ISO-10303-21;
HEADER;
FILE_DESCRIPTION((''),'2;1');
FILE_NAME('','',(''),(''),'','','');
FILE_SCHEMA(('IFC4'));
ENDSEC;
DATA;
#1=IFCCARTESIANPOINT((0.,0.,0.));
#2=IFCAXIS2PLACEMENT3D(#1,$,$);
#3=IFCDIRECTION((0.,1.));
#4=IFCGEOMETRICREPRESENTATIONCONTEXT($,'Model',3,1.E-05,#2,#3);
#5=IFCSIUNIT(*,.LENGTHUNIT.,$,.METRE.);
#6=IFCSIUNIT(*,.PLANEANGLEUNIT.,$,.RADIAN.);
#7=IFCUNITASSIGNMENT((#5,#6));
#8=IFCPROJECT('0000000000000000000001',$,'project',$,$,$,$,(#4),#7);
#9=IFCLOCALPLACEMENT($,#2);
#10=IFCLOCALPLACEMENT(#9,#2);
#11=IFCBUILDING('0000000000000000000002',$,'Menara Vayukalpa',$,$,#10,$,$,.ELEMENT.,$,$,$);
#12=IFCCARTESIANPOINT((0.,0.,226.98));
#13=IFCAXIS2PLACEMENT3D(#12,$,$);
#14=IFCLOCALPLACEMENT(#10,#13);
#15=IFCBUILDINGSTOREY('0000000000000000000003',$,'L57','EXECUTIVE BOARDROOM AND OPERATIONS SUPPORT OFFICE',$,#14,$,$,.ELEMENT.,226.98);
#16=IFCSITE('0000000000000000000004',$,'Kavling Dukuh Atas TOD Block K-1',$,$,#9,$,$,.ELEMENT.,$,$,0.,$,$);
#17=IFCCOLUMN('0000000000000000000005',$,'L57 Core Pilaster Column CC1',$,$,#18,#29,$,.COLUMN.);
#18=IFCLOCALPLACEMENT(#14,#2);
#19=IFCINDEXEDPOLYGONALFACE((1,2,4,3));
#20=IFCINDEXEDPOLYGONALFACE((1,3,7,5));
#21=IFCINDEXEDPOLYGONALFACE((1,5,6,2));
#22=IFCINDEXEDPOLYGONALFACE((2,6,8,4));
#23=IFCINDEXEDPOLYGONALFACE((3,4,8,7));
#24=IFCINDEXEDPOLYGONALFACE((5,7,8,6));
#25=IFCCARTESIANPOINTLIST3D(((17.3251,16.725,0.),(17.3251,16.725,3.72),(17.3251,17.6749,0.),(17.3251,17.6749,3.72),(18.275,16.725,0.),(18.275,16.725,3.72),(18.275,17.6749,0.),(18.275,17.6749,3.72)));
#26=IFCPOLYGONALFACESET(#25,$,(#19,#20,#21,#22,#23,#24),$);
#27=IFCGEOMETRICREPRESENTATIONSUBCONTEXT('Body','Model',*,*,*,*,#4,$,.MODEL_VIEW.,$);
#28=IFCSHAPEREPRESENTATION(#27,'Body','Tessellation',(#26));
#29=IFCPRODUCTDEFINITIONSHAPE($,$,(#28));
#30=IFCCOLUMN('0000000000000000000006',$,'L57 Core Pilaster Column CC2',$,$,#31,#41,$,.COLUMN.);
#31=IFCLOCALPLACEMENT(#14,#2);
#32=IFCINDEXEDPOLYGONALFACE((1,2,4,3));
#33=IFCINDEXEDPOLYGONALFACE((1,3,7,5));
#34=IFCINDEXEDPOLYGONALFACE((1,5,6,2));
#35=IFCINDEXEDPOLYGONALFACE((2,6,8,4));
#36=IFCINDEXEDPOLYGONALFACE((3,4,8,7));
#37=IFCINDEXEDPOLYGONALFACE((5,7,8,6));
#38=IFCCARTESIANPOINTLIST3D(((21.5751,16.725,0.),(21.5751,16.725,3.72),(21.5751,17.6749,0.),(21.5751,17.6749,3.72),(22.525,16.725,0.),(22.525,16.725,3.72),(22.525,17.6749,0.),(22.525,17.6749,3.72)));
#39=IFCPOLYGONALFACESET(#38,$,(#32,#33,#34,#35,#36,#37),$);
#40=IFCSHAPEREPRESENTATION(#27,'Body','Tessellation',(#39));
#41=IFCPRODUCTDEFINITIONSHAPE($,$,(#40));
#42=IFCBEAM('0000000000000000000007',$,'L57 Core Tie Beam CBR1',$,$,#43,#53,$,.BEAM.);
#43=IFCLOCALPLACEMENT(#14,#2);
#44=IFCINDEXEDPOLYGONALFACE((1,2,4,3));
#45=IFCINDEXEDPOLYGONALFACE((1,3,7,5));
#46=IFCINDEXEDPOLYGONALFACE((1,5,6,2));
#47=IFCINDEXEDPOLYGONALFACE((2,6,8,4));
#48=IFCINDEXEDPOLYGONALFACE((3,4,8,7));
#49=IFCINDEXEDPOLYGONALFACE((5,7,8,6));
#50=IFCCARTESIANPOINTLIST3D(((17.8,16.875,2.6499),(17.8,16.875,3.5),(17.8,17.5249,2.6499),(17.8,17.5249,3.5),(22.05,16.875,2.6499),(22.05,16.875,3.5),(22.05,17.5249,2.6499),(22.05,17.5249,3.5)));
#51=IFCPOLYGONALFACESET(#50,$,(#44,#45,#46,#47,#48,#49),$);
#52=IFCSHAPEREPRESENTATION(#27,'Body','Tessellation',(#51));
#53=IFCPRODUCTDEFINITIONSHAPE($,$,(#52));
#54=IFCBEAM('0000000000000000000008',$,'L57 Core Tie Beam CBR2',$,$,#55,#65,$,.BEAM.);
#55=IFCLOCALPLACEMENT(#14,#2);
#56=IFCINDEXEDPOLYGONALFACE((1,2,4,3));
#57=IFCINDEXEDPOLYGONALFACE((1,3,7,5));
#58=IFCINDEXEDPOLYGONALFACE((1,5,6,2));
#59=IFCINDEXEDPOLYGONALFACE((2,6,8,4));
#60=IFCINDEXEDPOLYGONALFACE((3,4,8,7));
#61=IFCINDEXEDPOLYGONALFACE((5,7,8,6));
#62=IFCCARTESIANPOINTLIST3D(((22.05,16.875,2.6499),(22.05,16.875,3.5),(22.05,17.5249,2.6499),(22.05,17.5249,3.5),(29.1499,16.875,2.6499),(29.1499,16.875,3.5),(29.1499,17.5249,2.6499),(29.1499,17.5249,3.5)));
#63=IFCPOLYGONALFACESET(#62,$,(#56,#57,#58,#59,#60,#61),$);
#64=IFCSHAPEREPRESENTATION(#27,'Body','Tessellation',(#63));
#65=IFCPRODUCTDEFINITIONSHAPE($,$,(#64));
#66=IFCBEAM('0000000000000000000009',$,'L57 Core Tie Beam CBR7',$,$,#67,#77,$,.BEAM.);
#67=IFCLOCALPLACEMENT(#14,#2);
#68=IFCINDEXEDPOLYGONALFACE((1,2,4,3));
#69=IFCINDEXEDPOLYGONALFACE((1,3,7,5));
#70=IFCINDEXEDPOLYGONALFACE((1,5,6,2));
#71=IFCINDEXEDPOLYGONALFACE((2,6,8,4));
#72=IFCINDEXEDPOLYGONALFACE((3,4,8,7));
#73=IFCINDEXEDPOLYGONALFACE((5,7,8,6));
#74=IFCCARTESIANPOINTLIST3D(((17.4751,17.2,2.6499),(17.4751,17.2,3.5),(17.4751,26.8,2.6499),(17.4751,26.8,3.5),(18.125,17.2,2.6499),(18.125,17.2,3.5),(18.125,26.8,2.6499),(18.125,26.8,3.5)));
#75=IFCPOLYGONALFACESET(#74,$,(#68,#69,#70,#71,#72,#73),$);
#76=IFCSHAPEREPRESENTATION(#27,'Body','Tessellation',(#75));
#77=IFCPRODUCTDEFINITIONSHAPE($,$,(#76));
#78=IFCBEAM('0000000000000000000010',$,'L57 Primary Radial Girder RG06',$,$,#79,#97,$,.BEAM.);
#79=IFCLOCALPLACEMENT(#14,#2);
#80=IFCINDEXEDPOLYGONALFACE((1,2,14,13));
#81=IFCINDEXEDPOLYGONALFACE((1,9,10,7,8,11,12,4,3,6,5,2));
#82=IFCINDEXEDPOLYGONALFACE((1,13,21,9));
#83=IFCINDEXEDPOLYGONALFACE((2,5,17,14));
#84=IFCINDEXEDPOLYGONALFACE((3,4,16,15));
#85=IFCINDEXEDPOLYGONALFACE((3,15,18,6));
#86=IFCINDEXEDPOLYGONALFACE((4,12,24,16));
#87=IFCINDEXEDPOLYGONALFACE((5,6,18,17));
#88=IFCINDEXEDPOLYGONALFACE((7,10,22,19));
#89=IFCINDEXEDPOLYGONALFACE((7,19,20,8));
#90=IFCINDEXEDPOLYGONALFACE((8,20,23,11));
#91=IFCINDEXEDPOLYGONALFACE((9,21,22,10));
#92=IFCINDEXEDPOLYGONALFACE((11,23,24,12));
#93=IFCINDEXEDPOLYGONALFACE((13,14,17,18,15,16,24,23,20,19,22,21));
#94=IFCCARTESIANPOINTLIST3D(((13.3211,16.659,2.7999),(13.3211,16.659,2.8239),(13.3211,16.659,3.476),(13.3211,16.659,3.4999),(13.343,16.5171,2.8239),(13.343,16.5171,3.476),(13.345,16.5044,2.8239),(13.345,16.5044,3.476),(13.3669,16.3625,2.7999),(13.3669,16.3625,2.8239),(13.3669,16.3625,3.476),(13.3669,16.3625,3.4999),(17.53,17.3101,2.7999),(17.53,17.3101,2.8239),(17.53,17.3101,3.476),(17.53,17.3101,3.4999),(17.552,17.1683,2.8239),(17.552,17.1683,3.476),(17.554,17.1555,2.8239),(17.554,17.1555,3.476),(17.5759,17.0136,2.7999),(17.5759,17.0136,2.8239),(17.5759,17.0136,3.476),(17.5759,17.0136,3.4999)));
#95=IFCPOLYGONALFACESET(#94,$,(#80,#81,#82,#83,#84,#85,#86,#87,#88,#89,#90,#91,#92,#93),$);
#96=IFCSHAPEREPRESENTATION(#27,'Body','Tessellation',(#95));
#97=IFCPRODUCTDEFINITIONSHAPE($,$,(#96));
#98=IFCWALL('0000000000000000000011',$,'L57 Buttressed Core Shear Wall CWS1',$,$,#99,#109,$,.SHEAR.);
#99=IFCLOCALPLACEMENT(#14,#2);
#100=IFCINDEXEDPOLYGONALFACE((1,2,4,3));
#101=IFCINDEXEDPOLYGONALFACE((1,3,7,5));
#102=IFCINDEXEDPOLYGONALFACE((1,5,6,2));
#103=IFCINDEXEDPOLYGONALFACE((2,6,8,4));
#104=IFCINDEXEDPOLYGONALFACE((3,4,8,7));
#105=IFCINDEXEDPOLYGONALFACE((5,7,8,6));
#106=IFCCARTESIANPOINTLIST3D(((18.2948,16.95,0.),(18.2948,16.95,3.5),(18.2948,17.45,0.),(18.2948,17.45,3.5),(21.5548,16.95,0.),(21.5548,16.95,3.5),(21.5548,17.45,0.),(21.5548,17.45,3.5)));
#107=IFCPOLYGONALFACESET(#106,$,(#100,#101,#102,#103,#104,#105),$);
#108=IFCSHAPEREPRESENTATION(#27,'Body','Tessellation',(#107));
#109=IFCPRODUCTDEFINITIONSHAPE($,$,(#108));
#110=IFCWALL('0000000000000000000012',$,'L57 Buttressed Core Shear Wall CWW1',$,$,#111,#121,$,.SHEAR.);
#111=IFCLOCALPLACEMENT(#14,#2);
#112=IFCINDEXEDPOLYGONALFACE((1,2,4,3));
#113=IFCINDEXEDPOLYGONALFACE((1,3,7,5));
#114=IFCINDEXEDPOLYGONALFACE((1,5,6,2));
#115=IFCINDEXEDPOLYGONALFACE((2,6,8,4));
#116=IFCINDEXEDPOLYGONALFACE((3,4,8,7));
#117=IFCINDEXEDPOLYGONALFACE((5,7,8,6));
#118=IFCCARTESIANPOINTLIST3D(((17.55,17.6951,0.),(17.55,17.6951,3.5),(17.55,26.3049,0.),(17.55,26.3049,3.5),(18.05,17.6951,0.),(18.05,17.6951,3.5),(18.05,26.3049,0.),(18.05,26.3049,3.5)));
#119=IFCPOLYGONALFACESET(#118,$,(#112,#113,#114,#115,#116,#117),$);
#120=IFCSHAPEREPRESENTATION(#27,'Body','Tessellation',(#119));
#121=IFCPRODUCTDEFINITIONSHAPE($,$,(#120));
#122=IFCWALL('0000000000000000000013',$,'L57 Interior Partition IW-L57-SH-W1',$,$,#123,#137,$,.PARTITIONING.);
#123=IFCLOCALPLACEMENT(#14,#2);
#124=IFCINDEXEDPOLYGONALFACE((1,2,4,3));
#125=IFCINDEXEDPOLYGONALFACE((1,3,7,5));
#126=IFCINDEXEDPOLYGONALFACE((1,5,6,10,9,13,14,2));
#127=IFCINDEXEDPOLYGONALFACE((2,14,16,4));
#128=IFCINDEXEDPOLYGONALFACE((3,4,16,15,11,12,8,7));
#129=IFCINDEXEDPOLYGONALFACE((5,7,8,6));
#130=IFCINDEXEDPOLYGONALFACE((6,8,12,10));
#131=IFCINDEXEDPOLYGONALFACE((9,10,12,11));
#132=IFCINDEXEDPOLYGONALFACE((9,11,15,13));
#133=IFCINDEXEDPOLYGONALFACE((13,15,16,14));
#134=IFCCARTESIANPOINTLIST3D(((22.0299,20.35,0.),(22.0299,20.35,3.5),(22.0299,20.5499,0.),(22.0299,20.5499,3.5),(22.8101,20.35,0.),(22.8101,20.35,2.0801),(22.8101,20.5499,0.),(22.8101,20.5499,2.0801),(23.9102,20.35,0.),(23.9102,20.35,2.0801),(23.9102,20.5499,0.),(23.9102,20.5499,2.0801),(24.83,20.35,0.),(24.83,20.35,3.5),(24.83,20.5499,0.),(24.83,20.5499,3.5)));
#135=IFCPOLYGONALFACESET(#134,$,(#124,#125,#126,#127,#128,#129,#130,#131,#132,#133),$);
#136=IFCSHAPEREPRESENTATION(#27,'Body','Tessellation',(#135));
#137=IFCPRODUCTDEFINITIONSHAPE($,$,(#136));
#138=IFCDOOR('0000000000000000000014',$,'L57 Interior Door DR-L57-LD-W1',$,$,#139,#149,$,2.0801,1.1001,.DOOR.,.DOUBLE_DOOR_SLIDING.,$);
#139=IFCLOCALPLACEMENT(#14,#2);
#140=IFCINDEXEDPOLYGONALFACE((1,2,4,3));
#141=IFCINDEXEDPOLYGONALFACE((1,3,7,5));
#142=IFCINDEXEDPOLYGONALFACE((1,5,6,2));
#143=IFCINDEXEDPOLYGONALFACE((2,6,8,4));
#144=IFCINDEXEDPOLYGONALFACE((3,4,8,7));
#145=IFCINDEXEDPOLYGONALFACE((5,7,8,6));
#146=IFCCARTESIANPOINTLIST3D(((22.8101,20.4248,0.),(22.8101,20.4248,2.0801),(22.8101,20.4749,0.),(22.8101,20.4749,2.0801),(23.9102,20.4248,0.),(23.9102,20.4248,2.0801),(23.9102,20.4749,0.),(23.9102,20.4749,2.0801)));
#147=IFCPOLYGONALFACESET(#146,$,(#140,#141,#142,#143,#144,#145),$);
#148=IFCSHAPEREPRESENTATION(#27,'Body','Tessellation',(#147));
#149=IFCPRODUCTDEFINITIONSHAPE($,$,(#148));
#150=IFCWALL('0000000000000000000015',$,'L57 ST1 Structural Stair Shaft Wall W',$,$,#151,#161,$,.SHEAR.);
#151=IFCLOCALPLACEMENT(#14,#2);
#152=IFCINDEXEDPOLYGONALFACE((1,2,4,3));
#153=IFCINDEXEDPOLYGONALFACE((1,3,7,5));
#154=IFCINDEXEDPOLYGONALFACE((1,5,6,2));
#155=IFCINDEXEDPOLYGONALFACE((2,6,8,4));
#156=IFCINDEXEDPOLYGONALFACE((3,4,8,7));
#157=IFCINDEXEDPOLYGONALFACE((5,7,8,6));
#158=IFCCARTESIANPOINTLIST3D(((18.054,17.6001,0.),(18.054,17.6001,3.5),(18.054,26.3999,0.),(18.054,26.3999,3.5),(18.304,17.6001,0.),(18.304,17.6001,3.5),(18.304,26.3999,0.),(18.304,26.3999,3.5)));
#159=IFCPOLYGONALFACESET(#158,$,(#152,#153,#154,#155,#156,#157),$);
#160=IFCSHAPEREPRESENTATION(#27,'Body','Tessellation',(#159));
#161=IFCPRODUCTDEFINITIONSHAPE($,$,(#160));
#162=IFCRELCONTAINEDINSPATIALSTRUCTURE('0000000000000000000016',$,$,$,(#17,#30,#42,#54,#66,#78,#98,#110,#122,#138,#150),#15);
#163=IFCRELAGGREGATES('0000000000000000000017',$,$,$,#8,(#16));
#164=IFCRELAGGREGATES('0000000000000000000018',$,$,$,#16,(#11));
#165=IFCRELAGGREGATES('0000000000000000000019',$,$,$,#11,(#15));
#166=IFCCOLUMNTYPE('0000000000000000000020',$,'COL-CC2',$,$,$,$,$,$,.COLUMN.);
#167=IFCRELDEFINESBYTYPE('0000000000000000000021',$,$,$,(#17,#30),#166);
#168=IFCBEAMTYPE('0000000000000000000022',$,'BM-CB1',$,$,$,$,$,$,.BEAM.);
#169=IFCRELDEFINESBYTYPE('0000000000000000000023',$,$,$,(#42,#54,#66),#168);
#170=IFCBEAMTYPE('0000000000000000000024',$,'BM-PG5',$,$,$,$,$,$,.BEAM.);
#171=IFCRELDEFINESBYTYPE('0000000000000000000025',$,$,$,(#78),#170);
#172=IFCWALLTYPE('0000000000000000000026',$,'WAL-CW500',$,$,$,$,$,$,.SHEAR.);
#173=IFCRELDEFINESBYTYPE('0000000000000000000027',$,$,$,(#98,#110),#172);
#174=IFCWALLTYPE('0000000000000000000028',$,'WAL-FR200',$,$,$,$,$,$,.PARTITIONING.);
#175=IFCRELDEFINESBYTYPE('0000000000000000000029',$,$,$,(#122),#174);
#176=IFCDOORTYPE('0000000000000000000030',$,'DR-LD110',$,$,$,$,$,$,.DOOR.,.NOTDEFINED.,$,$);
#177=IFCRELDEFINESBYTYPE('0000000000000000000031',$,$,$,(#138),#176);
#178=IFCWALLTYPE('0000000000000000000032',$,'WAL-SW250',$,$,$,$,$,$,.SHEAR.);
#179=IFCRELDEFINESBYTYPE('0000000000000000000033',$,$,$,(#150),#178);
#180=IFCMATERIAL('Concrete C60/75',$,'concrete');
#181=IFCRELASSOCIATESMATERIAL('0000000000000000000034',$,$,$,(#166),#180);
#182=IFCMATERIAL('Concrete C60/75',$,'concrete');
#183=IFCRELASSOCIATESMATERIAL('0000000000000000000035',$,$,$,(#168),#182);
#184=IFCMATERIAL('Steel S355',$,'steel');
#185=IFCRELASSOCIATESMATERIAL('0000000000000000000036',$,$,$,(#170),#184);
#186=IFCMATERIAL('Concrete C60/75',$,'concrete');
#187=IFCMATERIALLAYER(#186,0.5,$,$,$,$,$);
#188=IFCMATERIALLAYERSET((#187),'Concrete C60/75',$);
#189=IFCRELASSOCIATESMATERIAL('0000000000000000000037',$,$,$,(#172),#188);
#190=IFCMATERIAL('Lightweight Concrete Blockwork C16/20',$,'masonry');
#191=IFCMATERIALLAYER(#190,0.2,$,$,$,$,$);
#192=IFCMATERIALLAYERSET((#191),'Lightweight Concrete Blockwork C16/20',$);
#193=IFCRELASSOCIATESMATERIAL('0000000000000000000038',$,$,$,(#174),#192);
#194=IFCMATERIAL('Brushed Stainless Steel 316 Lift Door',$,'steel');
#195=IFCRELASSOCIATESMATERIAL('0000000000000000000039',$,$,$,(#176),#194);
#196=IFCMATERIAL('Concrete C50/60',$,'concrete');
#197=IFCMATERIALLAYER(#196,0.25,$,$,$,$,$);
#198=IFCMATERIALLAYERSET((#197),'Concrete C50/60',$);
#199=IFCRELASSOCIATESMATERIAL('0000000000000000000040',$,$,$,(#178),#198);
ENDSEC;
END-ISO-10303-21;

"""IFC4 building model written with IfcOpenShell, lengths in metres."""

from ifc_helpers import new_model, si_unit, direction, frame, frame_2d, origin, origin_2d, place, context, subcontext, project, spatial, rectangle, i_section, extrude, material, layer, layer_set, material_profile, profile_set, type_object, element, fill, save


model = new_model("IFC4")

# Units and contexts
model_context = context("Model", 3, precision=1e-05, world=origin(), true_north=direction((0.0, 1.0)))
body_context = subcontext(model_context, "Body", "Model", "MODEL_VIEW")
ifc_project = project(units=[si_unit("LENGTHUNIT", "METRE"), si_unit("PLANEANGLEUNIT", "RADIAN")], contexts=[model_context])

# Site, building, storey
site_placement = place(None, origin())
site = spatial("IfcSite", under=ifc_project, at=site_placement, Name="Kavling Dukuh Atas TOD Block K-1", CompositionType="ELEMENT", RefElevation=0.0)
building_placement = place(site_placement, origin())
building = spatial("IfcBuilding", under=site, at=building_placement, Name="Menara Vayukalpa", CompositionType="ELEMENT")
storey_placement = place(building_placement, frame((0.0, 0.0, 226.98)))
storey = spatial("IfcBuildingStorey", under=building, at=storey_placement, Name="L57", Description="EXECUTIVE BOARDROOM AND OPERATIONS SUPPORT OFFICE", CompositionType="ELEMENT", Elevation=226.98)

# Columns
ifc_material_1 = material(Name="Concrete C60/75", Category="concrete")
ifc_material_profile_1 = material_profile(ifc_material_1, rectangle(XDim=0.95, YDim=0.95, at=origin_2d()), Name="RC 950x950")
ifc_profile_set_1 = profile_set([ifc_material_profile_1], Name="Concrete C60/75")
column_type = type_object("IfcColumnType", Name="COL-CC2", PredefinedType="COLUMN", material=ifc_profile_set_1)
for number, where, z_axis, x_axis, name in (
    (1, (17.8, 17.2, 0.0), (0.0, 0.0, 1.0), (1.0, 0.0, 0.0), "L57 Core Pilaster Column CC1"),
    (2, (22.05, 17.2, 0.0), (0.0, 0.0, 1.0), (1.0, 0.0, 0.0), "L57 Core Pilaster Column CC2"),
):
    element("IfcColumn", number, at=place(storey_placement, frame(where, z_axis=z_axis, x_axis=x_axis)), inside=storey, type_object=column_type, Name=name, PredefinedType="COLUMN", context=body_context, shape_type="SweptSolid", body=[
        extrude(rectangle(XDim=0.95, YDim=0.95, at=origin_2d()), origin(), (0.0, 0.0, 1.0), 3.72),
    ])

# Beams
ifc_material_2 = material(Name="Concrete C60/75", Category="concrete")
ifc_material_profile_2 = material_profile(ifc_material_2, rectangle(XDim=0.6499, YDim=0.8501, at=origin_2d()), Name="RC 650x850")
ifc_profile_set_2 = profile_set([ifc_material_profile_2], Name="Concrete C60/75")
beam_type_1 = type_object("IfcBeamType", Name="BM-CB1", PredefinedType="BEAM", material=ifc_profile_set_2)
beam_1_placement = place(storey_placement, frame((17.8, 17.2, 3.075), z_axis=(1.0, 0.0, 0.0), x_axis=(0.0, 1.0, 0.0)))
element("IfcBeam", 3, at=beam_1_placement, inside=storey, type_object=beam_type_1, Name="L57 Core Tie Beam CBR1", PredefinedType="BEAM", context=body_context, shape_type="SweptSolid", body=[
    extrude(rectangle(XDim=0.6499, YDim=0.8501, at=origin_2d()), origin(), (0.0, 0.0, 1.0), 4.25),
])
beam_2_placement = place(storey_placement, frame((22.05, 17.2, 3.075), z_axis=(1.0, 0.0, 0.0), x_axis=(0.0, 1.0, 0.0)))
element("IfcBeam", 4, at=beam_2_placement, inside=storey, type_object=beam_type_1, Name="L57 Core Tie Beam CBR2", PredefinedType="BEAM", context=body_context, shape_type="SweptSolid", body=[
    extrude(rectangle(XDim=0.6499, YDim=0.8501, at=origin_2d()), origin(), (0.0, 0.0, 1.0), 7.0999),
])
beam_3_placement = place(storey_placement, frame((17.8, 17.2, 3.075), z_axis=(0.0, 1.0, 0.0), x_axis=(-1.0, 0.0, 0.0)))
element("IfcBeam", 5, at=beam_3_placement, inside=storey, type_object=beam_type_1, Name="L57 Core Tie Beam CBR7", PredefinedType="BEAM", context=body_context, shape_type="SweptSolid", body=[
    extrude(rectangle(XDim=0.6499, YDim=0.8501, at=origin_2d()), origin(), (0.0, 0.0, 1.0), 9.6001),
])
ifc_material_3 = material(Name="Steel S355", Category="steel")
ifc_material_profile_3 = material_profile(ifc_material_3, i_section(OverallWidth=0.3, OverallDepth=0.7, WebThickness=0.0129, FlangeThickness=0.0239, at=origin_2d()), Name="WF 700x300x13x24")
ifc_profile_set_3 = profile_set([ifc_material_profile_3], Name="Steel S355")
beam_type_2 = type_object("IfcBeamType", Name="BM-PG5", PredefinedType="BEAM", material=ifc_profile_set_3)
beam_4_placement = place(storey_placement, frame((17.553, 17.1619, 3.1499), z_axis=(-0.988245, -0.15288, 0.0), x_axis=(0.15288, -0.988245, 0.0)))
element("IfcBeam", 6, at=beam_4_placement, inside=storey, type_object=beam_type_2, Name="L57 Primary Radial Girder RG06", PredefinedType="BEAM", context=body_context, shape_type="SweptSolid", body=[
    extrude(i_section(OverallWidth=0.3, OverallDepth=0.7, WebThickness=0.0129, FlangeThickness=0.0239, at=origin_2d()), origin(), (0.0, 0.0, 1.0), 4.259),
])

# Walls
ifc_material_4 = material(Name="Concrete C60/75", Category="concrete")
ifc_layer_1 = layer(ifc_material_4, 0.5)
ifc_layer_set_1 = layer_set([ifc_layer_1], Name="Concrete C60/75")
wall_type_1 = type_object("IfcWallType", Name="WAL-CW500", PredefinedType="SHEAR", material=ifc_layer_set_1)
wall_1_placement = place(storey_placement, frame((18.2949, 17.2, 0.0), z_axis=(0.0, 0.0, 1.0), x_axis=(1.0, 0.0, 0.0)))
element("IfcWall", 7, at=wall_1_placement, inside=storey, type_object=wall_type_1, Name="L57 Buttressed Core Shear Wall CWS1", PredefinedType="SHEAR", context=body_context, shape_type="SweptSolid", body=[
    extrude(rectangle(XDim=3.26, YDim=0.5, at=frame_2d((1.6299, 0.0))), origin(), (0.0, 0.0, 1.0), 3.5),
])
wall_2_placement = place(storey_placement, frame((17.8, 17.6951, 0.0), z_axis=(0.0, 0.0, 1.0), x_axis=(0.0, 1.0, 0.0)))
element("IfcWall", 8, at=wall_2_placement, inside=storey, type_object=wall_type_1, Name="L57 Buttressed Core Shear Wall CWW1", PredefinedType="SHEAR", context=body_context, shape_type="SweptSolid", body=[
    extrude(rectangle(XDim=8.6099, YDim=0.5, at=frame_2d((4.3049, 0.0))), origin(), (0.0, 0.0, 1.0), 3.5),
])

# Wall, opening, door
ifc_material_5 = material(Name="Lightweight Concrete Blockwork C16/20", Category="masonry")
ifc_layer_2 = layer(ifc_material_5, 0.2)
ifc_layer_set_2 = layer_set([ifc_layer_2], Name="Lightweight Concrete Blockwork C16/20")
wall_type_2 = type_object("IfcWallType", Name="WAL-FR200", PredefinedType="PARTITIONING", material=ifc_layer_set_2)
wall_3_placement = place(storey_placement, frame((22.03, 20.45, 0.0), z_axis=(0.0, 0.0, 1.0), x_axis=(1.0, 0.0, 0.0)))
wall_3 = element("IfcWall", 9, at=wall_3_placement, inside=storey, type_object=wall_type_2, Name="L57 Interior Partition IW-L57-SH-W1", PredefinedType="PARTITIONING", context=body_context, shape_type="SweptSolid", body=[
    extrude(rectangle(XDim=2.8, YDim=0.2, at=frame_2d((1.3999, 0.0))), origin(), (0.0, 0.0, 1.0), 3.5),
])
opening_1_placement = place(wall_3_placement, frame((0.78, 0.0, 0.0)))
opening_1 = element("IfcOpeningElement", 10, at=opening_1_placement, cuts=wall_3, PredefinedType="OPENING", context=body_context, shape_type="SweptSolid", body=[
    extrude(rectangle(XDim=1.1001, YDim=2.0801, at=frame_2d((0.55, 1.04))), frame((0.0, 0.1099, 0.0), z_axis=(0.0, -1.0, 0.0), x_axis=(1.0, 0.0, 0.0)), (0.0, 0.0, 1.0), 0.22),
])
ifc_material_6 = material(Name="Brushed Stainless Steel 316 Lift Door", Category="steel")
door_type_1 = type_object("IfcDoorType", Name="DR-LD110", OperationType="NOTDEFINED", PredefinedType="DOOR", material=ifc_material_6)
door_1_placement = place(opening_1_placement, origin())
door_1 = element("IfcDoor", 11, at=door_1_placement, inside=storey, type_object=door_type_1, Name="L57 Interior Door DR-L57-LD-W1", OperationType="DOUBLE_DOOR_SLIDING", OverallHeight=2.0801, OverallWidth=1.1001, PredefinedType="DOOR", context=body_context, shape_type="SweptSolid", body=[
    extrude(rectangle(XDim=1.1001, YDim=2.0801, at=frame_2d((0.55, 1.04))), frame((0.0, 0.0249, 0.0), z_axis=(0.0, -1.0, 0.0), x_axis=(1.0, 0.0, 0.0)), (0.0, 0.0, 1.0), 0.05),
])
fill(opening_1, door_1)

# Wall
ifc_material_7 = material(Name="Concrete C50/60", Category="concrete")
ifc_layer_3 = layer(ifc_material_7, 0.25)
ifc_layer_set_3 = layer_set([ifc_layer_3], Name="Concrete C50/60")
wall_type_3 = type_object("IfcWallType", Name="WAL-SW250", PredefinedType="SHEAR", material=ifc_layer_set_3)
wall_4_placement = place(storey_placement, frame((18.179, 17.6001, 0.0), z_axis=(0.0, 0.0, 1.0), x_axis=(0.0, 1.0, 0.0)))
element("IfcWall", 12, at=wall_4_placement, inside=storey, type_object=wall_type_3, Name="L57 ST1 Structural Stair Shaft Wall W", PredefinedType="SHEAR", context=body_context, shape_type="SweptSolid", body=[
    extrude(rectangle(XDim=8.7998, YDim=0.25, at=frame_2d((4.3999, 0.0))), origin(), (0.0, 0.0, 1.0), 3.5),
])

save(model, "model.ifc")
